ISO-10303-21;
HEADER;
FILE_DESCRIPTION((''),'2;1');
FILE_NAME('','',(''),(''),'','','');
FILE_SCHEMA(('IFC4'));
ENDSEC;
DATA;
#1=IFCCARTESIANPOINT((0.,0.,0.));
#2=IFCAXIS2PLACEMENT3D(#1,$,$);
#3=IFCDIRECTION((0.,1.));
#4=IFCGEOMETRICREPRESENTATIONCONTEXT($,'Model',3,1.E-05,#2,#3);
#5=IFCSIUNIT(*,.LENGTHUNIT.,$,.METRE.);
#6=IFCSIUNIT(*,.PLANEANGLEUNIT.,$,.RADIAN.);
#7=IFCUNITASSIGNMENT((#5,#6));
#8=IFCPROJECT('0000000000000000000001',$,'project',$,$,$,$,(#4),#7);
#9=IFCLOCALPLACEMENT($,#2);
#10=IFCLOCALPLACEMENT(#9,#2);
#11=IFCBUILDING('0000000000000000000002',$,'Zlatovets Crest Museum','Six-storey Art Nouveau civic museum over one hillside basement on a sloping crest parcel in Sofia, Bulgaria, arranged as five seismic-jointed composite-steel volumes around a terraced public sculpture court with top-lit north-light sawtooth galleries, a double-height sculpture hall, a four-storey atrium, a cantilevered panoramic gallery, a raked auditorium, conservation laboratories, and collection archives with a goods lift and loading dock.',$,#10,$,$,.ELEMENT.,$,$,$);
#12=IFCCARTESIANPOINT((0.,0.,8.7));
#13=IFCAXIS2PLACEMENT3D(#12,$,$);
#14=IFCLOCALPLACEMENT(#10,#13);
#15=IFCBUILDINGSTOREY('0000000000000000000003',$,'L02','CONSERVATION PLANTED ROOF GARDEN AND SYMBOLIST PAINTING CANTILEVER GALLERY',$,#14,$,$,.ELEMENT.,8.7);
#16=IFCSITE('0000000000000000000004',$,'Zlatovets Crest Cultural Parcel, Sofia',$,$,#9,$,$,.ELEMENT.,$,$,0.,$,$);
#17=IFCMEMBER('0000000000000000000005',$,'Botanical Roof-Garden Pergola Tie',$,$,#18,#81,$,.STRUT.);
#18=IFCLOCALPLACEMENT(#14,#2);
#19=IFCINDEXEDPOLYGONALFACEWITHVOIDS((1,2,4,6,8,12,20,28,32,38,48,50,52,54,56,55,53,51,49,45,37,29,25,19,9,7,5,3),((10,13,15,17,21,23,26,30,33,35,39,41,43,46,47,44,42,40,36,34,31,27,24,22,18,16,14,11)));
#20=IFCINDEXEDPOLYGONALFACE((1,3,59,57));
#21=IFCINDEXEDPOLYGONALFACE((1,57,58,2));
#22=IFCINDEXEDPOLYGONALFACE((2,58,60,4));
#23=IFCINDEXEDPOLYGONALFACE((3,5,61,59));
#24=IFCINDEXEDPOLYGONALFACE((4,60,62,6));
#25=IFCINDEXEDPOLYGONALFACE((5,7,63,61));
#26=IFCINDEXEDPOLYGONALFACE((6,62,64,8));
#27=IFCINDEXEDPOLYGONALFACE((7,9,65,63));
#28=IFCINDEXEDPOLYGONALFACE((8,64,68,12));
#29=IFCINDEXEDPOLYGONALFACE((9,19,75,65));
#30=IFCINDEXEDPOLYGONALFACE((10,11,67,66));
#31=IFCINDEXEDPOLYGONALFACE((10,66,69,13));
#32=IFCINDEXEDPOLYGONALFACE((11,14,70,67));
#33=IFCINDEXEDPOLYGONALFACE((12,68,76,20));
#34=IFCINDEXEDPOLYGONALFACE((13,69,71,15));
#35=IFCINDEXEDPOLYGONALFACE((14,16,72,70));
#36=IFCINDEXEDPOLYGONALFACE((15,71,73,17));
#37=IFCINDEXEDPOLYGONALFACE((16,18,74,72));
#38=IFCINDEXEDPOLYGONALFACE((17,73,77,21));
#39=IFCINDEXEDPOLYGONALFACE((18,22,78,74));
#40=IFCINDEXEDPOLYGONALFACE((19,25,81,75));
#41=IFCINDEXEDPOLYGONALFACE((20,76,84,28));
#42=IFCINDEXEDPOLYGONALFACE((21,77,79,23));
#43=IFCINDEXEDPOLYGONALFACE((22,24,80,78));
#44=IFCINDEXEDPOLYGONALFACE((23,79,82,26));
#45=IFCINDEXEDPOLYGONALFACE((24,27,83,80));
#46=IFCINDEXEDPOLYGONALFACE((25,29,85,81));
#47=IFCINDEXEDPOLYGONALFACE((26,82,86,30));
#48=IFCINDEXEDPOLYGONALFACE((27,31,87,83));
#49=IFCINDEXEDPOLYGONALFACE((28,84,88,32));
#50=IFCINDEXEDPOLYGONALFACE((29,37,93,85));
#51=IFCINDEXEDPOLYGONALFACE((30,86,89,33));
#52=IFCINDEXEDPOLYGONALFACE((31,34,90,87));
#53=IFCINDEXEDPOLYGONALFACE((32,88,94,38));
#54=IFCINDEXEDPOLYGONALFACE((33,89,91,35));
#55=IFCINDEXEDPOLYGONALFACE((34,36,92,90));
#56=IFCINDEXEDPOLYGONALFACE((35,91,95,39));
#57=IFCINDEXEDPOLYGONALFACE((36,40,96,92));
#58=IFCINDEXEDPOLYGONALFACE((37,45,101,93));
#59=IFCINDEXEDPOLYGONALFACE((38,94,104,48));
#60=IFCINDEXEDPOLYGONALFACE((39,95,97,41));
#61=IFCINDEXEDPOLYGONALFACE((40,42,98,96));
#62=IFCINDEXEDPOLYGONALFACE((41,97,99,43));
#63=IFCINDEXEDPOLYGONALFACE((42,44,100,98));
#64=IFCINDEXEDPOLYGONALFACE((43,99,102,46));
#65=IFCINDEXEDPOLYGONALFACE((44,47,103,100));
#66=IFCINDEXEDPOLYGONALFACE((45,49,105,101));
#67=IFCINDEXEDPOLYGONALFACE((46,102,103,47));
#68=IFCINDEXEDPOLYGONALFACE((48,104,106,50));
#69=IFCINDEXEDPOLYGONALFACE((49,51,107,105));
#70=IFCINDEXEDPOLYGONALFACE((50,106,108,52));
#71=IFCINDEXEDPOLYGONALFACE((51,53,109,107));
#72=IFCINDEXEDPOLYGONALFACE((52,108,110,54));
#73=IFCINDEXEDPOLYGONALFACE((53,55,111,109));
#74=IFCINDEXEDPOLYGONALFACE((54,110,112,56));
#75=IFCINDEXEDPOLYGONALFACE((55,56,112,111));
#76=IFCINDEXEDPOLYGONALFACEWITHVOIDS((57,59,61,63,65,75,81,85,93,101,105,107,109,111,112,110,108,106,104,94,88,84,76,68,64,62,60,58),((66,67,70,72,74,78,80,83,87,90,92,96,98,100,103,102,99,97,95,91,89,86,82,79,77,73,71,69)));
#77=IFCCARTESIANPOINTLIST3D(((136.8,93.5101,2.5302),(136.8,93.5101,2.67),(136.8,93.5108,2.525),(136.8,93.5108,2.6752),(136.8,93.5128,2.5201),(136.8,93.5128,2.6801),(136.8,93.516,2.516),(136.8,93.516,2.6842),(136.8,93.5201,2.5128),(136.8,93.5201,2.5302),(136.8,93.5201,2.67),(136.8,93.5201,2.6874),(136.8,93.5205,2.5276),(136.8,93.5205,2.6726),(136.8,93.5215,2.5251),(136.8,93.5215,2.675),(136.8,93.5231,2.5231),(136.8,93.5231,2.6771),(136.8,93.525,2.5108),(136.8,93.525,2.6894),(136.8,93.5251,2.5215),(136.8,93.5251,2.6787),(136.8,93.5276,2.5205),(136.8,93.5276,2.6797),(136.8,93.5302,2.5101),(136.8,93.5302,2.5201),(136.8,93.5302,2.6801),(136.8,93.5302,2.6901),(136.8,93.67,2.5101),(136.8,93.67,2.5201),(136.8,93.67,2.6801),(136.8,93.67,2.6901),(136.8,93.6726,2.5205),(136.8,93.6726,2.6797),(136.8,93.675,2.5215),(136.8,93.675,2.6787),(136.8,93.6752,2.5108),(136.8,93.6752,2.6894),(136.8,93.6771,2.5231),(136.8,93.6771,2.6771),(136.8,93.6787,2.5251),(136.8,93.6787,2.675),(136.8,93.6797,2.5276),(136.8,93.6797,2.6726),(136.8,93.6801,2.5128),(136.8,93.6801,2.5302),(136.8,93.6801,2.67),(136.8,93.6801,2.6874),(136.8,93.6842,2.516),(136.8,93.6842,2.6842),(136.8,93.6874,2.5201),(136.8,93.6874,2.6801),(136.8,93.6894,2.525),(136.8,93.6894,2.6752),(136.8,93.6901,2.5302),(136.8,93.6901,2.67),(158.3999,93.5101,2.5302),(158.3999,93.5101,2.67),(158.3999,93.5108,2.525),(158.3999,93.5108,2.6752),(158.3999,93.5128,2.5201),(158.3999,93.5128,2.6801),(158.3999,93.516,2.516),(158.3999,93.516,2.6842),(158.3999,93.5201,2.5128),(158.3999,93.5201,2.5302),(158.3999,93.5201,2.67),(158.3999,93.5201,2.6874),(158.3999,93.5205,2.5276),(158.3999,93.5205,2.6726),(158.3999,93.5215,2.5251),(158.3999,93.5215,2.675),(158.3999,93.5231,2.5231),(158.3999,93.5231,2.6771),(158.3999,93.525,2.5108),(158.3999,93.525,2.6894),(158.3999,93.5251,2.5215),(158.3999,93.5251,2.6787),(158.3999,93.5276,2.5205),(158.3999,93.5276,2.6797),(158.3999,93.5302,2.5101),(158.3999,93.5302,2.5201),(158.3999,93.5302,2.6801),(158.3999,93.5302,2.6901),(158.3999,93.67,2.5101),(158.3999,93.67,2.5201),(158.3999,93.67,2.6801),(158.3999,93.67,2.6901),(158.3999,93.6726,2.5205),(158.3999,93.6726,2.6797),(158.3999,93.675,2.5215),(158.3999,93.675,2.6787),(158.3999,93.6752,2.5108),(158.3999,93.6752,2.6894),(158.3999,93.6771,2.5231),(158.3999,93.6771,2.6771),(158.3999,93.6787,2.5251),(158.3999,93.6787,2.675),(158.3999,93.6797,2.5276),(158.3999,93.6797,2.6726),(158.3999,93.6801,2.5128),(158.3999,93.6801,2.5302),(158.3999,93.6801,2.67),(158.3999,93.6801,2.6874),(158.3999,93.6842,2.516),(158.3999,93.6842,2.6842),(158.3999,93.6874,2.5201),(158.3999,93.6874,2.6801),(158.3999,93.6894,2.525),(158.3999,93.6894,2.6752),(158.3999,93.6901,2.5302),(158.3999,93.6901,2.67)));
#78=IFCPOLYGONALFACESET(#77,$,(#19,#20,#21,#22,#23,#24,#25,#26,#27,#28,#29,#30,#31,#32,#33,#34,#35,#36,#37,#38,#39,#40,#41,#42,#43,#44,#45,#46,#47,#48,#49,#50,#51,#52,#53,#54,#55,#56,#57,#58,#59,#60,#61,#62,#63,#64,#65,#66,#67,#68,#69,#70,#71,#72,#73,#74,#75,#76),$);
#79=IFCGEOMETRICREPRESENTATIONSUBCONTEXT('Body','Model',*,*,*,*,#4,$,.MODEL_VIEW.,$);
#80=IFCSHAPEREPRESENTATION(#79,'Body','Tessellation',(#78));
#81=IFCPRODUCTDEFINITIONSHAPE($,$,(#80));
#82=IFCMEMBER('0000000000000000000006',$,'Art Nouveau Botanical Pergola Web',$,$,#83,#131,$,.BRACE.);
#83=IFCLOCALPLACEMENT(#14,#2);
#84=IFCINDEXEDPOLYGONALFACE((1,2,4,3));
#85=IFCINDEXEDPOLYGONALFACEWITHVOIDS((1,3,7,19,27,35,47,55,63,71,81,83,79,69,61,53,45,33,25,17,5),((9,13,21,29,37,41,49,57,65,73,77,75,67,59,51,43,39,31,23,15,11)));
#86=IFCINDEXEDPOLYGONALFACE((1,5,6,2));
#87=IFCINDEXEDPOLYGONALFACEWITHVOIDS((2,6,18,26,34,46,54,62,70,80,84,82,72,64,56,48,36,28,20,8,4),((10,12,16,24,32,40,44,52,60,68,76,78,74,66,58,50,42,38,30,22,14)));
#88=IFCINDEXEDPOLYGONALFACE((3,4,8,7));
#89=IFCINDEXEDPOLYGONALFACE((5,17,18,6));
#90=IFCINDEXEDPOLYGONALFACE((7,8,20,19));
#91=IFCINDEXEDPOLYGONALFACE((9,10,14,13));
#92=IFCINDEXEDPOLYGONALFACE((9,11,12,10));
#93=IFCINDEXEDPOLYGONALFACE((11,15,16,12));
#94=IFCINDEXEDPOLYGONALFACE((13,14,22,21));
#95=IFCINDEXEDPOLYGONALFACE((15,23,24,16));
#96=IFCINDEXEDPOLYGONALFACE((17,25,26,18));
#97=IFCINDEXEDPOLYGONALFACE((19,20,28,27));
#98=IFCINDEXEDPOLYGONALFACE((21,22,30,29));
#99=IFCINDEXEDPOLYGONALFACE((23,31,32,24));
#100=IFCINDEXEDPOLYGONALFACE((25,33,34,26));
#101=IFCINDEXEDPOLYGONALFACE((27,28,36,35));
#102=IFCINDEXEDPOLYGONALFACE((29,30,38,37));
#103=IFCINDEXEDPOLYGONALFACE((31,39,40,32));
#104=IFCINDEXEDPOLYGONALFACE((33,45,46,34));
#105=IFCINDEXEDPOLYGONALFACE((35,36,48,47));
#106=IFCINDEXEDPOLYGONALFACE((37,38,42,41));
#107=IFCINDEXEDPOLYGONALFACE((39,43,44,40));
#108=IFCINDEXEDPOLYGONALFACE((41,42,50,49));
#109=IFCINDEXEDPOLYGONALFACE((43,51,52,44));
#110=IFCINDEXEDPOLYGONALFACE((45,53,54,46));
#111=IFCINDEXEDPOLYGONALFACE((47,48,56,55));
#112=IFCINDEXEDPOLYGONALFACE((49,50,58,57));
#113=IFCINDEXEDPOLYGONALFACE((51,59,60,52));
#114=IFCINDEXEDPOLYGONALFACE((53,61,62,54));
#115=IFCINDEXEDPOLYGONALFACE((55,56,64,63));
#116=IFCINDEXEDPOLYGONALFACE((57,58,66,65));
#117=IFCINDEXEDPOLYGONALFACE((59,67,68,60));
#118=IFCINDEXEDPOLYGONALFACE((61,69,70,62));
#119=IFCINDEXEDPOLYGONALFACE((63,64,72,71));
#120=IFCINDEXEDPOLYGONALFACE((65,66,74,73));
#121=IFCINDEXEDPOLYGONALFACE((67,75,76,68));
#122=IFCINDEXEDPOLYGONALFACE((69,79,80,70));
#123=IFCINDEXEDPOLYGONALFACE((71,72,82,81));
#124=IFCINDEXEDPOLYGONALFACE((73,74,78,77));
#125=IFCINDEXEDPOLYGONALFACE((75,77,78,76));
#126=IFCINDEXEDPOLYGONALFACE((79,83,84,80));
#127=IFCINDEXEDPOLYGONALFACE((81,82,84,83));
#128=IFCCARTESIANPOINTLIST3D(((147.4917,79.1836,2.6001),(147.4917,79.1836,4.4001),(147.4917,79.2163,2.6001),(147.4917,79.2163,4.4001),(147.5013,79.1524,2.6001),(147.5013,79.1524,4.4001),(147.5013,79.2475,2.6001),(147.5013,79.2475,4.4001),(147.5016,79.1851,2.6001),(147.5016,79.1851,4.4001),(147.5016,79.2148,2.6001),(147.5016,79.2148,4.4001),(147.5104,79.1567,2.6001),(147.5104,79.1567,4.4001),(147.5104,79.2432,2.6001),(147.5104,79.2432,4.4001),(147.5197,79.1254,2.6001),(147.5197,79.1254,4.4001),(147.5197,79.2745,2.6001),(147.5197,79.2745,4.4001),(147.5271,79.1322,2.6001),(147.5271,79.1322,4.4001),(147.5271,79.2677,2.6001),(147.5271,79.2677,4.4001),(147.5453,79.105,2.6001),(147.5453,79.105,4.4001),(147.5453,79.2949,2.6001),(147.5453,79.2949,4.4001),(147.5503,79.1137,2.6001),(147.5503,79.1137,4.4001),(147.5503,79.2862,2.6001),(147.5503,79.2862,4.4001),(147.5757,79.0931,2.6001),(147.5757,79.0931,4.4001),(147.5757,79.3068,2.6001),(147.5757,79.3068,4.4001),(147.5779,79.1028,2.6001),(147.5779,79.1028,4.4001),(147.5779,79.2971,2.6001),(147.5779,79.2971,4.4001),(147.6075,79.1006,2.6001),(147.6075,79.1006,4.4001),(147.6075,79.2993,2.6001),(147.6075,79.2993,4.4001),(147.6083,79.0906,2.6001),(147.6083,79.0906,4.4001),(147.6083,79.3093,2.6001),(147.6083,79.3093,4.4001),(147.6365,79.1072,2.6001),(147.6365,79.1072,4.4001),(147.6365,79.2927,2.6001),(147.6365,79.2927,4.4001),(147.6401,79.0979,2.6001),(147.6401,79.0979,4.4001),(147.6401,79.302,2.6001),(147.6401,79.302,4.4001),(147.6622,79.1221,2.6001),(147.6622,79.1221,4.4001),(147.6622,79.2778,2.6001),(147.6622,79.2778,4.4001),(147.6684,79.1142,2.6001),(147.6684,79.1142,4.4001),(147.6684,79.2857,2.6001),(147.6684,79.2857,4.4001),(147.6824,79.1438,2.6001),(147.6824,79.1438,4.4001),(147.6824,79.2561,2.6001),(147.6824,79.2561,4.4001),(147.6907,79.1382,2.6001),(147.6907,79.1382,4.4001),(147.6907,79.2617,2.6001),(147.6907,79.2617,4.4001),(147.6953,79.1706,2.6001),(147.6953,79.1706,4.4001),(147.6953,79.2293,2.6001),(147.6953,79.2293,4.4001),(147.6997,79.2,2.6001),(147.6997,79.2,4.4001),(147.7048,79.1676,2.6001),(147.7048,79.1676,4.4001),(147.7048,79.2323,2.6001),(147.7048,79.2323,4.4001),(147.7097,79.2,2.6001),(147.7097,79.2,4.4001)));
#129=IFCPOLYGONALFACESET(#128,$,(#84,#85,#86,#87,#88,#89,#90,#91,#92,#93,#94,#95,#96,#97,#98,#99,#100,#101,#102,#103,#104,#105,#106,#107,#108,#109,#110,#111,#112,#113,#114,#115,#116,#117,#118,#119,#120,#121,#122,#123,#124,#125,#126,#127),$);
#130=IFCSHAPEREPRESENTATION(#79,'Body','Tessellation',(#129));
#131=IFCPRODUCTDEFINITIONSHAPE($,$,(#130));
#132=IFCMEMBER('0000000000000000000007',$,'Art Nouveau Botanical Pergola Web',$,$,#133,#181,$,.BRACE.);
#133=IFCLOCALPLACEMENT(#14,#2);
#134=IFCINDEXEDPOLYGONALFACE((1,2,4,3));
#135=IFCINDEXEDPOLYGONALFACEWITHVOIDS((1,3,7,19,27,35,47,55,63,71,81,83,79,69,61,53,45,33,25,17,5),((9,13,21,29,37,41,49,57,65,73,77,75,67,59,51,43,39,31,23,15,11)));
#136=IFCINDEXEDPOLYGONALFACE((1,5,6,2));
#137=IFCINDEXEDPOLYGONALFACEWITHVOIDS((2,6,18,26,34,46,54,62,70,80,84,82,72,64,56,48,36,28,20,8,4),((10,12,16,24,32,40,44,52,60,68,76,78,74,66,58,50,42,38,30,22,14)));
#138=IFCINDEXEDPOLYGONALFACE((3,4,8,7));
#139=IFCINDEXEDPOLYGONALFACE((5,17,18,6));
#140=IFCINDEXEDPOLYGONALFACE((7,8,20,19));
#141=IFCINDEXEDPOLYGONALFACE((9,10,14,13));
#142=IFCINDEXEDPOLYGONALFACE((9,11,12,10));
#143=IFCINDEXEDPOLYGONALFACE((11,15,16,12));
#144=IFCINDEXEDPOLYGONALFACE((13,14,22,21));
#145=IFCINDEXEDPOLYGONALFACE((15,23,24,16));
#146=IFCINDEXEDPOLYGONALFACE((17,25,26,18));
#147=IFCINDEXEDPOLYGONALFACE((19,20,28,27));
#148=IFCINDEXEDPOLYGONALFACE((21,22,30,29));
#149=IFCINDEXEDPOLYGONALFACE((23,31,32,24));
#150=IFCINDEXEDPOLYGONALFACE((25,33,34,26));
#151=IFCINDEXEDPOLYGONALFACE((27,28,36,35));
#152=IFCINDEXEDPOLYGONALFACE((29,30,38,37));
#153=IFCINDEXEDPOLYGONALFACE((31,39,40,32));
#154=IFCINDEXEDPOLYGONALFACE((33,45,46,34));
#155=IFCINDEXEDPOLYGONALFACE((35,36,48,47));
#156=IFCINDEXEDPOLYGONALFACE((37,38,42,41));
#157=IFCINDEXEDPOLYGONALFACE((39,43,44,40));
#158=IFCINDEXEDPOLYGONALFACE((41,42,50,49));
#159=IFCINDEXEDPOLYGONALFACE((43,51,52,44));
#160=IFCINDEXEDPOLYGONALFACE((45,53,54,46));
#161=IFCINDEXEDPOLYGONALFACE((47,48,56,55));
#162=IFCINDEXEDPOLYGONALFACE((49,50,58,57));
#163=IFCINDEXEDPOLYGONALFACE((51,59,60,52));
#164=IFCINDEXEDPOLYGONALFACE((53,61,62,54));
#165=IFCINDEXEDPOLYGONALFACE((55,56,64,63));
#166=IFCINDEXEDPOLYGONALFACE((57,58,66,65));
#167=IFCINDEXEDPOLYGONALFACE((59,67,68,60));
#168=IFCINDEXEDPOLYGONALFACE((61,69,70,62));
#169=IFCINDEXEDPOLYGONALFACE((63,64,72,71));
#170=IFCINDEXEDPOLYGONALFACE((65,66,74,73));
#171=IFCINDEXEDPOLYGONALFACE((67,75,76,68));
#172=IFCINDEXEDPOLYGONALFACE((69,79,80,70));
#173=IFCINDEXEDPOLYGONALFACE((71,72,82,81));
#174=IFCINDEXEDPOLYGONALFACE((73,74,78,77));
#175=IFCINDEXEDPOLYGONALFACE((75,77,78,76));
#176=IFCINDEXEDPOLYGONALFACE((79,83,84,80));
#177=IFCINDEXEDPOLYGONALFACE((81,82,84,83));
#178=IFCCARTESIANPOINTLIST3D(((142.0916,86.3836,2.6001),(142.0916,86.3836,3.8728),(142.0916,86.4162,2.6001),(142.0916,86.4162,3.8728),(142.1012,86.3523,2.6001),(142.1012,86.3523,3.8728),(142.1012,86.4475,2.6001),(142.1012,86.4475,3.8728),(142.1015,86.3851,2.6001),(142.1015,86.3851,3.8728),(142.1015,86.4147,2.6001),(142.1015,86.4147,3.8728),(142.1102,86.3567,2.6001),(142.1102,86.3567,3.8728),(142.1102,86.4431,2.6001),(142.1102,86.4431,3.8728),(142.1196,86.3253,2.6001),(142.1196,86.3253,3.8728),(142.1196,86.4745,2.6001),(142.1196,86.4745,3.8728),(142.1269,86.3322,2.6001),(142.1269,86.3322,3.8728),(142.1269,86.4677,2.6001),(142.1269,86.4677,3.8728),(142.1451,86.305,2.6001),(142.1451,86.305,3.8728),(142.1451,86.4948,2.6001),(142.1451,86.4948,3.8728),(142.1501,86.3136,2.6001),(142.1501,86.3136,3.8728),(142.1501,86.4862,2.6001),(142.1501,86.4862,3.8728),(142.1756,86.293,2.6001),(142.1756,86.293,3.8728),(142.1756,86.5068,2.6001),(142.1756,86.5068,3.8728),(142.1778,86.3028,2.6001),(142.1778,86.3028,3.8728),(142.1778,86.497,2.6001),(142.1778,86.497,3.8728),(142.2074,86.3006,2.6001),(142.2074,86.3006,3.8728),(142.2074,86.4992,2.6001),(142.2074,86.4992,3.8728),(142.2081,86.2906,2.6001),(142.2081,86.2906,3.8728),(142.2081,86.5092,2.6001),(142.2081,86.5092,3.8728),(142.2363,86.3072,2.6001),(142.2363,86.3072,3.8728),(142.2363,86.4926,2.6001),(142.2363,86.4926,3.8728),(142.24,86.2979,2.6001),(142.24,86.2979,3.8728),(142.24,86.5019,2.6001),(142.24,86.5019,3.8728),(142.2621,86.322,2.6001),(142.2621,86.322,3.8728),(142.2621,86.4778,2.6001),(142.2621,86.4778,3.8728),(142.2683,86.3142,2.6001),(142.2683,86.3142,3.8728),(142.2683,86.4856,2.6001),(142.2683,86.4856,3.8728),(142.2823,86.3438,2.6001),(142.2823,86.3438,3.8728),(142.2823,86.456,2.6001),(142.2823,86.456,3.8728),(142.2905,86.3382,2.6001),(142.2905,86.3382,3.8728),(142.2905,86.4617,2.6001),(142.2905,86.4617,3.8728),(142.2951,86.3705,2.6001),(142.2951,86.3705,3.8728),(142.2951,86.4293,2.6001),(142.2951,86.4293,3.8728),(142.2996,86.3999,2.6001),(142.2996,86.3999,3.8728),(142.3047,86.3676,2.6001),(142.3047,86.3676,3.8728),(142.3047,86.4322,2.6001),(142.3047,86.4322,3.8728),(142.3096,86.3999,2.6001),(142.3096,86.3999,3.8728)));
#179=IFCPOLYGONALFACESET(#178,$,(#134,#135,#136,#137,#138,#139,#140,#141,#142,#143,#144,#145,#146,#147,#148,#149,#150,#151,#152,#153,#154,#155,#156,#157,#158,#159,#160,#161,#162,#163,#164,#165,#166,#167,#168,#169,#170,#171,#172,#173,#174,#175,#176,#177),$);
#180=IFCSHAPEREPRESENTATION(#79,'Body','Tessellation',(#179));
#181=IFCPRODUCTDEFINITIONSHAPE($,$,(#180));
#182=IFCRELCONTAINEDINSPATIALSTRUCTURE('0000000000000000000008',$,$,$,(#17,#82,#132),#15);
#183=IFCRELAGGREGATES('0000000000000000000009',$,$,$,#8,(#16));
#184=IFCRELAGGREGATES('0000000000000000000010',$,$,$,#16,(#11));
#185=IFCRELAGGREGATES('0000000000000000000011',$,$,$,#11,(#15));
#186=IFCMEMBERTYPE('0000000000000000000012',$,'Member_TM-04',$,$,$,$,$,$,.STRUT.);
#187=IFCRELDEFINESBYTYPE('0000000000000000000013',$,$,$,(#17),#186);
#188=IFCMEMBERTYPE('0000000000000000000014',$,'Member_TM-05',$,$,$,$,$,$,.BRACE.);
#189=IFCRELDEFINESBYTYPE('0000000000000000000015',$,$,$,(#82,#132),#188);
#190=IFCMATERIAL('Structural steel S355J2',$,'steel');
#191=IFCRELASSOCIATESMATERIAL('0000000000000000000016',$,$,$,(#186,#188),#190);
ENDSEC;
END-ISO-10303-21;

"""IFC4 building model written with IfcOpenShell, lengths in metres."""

from ifc_helpers import new_model, si_unit, direction, frame, origin, origin_2d, place, context, subcontext, project, spatial, hollow_rectangle, hollow_circle, extrude, material, material_profile, profile_set, type_object, element, save


model = new_model("IFC4")

# Units and contexts
model_context = context("Model", 3, precision=1e-05, world=origin(), true_north=direction((0.0, 1.0)))
body_context = subcontext(model_context, "Body", "Model", "MODEL_VIEW")
ifc_project = project(units=[si_unit("LENGTHUNIT", "METRE"), si_unit("PLANEANGLEUNIT", "RADIAN")], contexts=[model_context])

# Site, building, storey
site_placement = place(None, origin())
site = spatial("IfcSite", under=ifc_project, at=site_placement, Name="Zlatovets Crest Cultural Parcel, Sofia", CompositionType="ELEMENT", RefElevation=0.0)
building_placement = place(site_placement, origin())
building = spatial("IfcBuilding", under=site, at=building_placement, Name="Zlatovets Crest Museum", Description="Six-storey Art Nouveau civic museum over one hillside basement on a sloping crest parcel in Sofia, Bulgaria, arranged as five seismic-jointed composite-steel volumes around a terraced public sculpture court with top-lit north-light sawtooth galleries, a double-height sculpture hall, a four-storey atrium, a cantilevered panoramic gallery, a raked auditorium, conservation laboratories, and collection archives with a goods lift and loading dock.", CompositionType="ELEMENT")
storey_placement = place(building_placement, frame((0.0, 0.0, 8.7)))
storey = spatial("IfcBuildingStorey", under=building, at=storey_placement, Name="L02", Description="CONSERVATION PLANTED ROOF GARDEN AND SYMBOLIST PAINTING CANTILEVER GALLERY", CompositionType="ELEMENT", Elevation=8.7)

# Shared definitions
ifc_material_1 = material(Name="Structural steel S355J2", Category="steel")

# Members
ifc_material_profile_1 = material_profile(ifc_material_1, hollow_rectangle(XDim=0.1799, YDim=0.1799, WallThickness=0.01, InnerFilletRadius=0.01, OuterFilletRadius=0.02, at=origin_2d()), Name="SHS 180x180x10.0")
ifc_profile_set_1 = profile_set([ifc_material_profile_1], Name="Structural steel S355J2")
member_type_1 = type_object("IfcMemberType", Name="Member_TM-04", PredefinedType="STRUT", material=ifc_profile_set_1)
for number, where, z_axis, x_axis, name in (
    (1, (136.8, 93.6001, 2.6001), (1.0, 0.0, 0.0), (0.0, 1.0, 0.0), "Botanical Roof-Garden Pergola Tie"),
):
    element("IfcMember", number, at=place(storey_placement, frame(where, z_axis=z_axis, x_axis=x_axis)), inside=storey, type_object=member_type_1, Name=name, PredefinedType="STRUT", context=body_context, shape_type="SweptSolid", body=[
        extrude(hollow_rectangle(XDim=0.1799, YDim=0.1799, WallThickness=0.01, InnerFilletRadius=0.01, OuterFilletRadius=0.02, at=origin_2d()), origin(), (0.0, 0.0, 1.0), 21.5999),
    ])
ifc_material_profile_2 = material_profile(ifc_material_1, hollow_circle(Radius=0.1096, WallThickness=0.01, at=origin_2d()), Name="CHS 219.1x10.0")
ifc_profile_set_2 = profile_set([ifc_material_profile_2], Name="Structural steel S355J2")
member_type_2 = type_object("IfcMemberType", Name="Member_TM-05", PredefinedType="BRACE", material=ifc_profile_set_2)
member_1_placement = place(storey_placement, frame((147.6001, 79.2, 2.6001), z_axis=(0.0, 0.0, 1.0), x_axis=(1.0, 0.0, 0.0)))
element("IfcMember", 2, at=member_1_placement, inside=storey, type_object=member_type_2, Name="Art Nouveau Botanical Pergola Web", PredefinedType="BRACE", context=body_context, shape_type="SweptSolid", body=[
    extrude(hollow_circle(Radius=0.1096, WallThickness=0.01, at=origin_2d()), origin(), (0.0, 0.0, 1.0), 1.8),
])
member_2_placement = place(storey_placement, frame((142.2, 86.3999, 2.6001), z_axis=(0.0, 0.0, 1.0), x_axis=(1.0, 0.0, 0.0)))
element("IfcMember", 3, at=member_2_placement, inside=storey, type_object=member_type_2, Name="Art Nouveau Botanical Pergola Web", PredefinedType="BRACE", context=body_context, shape_type="SweptSolid", body=[
    extrude(hollow_circle(Radius=0.1096, WallThickness=0.01, at=origin_2d()), origin(), (0.0, 0.0, 1.0), 1.2727),
])

save(model, "model.ifc")
